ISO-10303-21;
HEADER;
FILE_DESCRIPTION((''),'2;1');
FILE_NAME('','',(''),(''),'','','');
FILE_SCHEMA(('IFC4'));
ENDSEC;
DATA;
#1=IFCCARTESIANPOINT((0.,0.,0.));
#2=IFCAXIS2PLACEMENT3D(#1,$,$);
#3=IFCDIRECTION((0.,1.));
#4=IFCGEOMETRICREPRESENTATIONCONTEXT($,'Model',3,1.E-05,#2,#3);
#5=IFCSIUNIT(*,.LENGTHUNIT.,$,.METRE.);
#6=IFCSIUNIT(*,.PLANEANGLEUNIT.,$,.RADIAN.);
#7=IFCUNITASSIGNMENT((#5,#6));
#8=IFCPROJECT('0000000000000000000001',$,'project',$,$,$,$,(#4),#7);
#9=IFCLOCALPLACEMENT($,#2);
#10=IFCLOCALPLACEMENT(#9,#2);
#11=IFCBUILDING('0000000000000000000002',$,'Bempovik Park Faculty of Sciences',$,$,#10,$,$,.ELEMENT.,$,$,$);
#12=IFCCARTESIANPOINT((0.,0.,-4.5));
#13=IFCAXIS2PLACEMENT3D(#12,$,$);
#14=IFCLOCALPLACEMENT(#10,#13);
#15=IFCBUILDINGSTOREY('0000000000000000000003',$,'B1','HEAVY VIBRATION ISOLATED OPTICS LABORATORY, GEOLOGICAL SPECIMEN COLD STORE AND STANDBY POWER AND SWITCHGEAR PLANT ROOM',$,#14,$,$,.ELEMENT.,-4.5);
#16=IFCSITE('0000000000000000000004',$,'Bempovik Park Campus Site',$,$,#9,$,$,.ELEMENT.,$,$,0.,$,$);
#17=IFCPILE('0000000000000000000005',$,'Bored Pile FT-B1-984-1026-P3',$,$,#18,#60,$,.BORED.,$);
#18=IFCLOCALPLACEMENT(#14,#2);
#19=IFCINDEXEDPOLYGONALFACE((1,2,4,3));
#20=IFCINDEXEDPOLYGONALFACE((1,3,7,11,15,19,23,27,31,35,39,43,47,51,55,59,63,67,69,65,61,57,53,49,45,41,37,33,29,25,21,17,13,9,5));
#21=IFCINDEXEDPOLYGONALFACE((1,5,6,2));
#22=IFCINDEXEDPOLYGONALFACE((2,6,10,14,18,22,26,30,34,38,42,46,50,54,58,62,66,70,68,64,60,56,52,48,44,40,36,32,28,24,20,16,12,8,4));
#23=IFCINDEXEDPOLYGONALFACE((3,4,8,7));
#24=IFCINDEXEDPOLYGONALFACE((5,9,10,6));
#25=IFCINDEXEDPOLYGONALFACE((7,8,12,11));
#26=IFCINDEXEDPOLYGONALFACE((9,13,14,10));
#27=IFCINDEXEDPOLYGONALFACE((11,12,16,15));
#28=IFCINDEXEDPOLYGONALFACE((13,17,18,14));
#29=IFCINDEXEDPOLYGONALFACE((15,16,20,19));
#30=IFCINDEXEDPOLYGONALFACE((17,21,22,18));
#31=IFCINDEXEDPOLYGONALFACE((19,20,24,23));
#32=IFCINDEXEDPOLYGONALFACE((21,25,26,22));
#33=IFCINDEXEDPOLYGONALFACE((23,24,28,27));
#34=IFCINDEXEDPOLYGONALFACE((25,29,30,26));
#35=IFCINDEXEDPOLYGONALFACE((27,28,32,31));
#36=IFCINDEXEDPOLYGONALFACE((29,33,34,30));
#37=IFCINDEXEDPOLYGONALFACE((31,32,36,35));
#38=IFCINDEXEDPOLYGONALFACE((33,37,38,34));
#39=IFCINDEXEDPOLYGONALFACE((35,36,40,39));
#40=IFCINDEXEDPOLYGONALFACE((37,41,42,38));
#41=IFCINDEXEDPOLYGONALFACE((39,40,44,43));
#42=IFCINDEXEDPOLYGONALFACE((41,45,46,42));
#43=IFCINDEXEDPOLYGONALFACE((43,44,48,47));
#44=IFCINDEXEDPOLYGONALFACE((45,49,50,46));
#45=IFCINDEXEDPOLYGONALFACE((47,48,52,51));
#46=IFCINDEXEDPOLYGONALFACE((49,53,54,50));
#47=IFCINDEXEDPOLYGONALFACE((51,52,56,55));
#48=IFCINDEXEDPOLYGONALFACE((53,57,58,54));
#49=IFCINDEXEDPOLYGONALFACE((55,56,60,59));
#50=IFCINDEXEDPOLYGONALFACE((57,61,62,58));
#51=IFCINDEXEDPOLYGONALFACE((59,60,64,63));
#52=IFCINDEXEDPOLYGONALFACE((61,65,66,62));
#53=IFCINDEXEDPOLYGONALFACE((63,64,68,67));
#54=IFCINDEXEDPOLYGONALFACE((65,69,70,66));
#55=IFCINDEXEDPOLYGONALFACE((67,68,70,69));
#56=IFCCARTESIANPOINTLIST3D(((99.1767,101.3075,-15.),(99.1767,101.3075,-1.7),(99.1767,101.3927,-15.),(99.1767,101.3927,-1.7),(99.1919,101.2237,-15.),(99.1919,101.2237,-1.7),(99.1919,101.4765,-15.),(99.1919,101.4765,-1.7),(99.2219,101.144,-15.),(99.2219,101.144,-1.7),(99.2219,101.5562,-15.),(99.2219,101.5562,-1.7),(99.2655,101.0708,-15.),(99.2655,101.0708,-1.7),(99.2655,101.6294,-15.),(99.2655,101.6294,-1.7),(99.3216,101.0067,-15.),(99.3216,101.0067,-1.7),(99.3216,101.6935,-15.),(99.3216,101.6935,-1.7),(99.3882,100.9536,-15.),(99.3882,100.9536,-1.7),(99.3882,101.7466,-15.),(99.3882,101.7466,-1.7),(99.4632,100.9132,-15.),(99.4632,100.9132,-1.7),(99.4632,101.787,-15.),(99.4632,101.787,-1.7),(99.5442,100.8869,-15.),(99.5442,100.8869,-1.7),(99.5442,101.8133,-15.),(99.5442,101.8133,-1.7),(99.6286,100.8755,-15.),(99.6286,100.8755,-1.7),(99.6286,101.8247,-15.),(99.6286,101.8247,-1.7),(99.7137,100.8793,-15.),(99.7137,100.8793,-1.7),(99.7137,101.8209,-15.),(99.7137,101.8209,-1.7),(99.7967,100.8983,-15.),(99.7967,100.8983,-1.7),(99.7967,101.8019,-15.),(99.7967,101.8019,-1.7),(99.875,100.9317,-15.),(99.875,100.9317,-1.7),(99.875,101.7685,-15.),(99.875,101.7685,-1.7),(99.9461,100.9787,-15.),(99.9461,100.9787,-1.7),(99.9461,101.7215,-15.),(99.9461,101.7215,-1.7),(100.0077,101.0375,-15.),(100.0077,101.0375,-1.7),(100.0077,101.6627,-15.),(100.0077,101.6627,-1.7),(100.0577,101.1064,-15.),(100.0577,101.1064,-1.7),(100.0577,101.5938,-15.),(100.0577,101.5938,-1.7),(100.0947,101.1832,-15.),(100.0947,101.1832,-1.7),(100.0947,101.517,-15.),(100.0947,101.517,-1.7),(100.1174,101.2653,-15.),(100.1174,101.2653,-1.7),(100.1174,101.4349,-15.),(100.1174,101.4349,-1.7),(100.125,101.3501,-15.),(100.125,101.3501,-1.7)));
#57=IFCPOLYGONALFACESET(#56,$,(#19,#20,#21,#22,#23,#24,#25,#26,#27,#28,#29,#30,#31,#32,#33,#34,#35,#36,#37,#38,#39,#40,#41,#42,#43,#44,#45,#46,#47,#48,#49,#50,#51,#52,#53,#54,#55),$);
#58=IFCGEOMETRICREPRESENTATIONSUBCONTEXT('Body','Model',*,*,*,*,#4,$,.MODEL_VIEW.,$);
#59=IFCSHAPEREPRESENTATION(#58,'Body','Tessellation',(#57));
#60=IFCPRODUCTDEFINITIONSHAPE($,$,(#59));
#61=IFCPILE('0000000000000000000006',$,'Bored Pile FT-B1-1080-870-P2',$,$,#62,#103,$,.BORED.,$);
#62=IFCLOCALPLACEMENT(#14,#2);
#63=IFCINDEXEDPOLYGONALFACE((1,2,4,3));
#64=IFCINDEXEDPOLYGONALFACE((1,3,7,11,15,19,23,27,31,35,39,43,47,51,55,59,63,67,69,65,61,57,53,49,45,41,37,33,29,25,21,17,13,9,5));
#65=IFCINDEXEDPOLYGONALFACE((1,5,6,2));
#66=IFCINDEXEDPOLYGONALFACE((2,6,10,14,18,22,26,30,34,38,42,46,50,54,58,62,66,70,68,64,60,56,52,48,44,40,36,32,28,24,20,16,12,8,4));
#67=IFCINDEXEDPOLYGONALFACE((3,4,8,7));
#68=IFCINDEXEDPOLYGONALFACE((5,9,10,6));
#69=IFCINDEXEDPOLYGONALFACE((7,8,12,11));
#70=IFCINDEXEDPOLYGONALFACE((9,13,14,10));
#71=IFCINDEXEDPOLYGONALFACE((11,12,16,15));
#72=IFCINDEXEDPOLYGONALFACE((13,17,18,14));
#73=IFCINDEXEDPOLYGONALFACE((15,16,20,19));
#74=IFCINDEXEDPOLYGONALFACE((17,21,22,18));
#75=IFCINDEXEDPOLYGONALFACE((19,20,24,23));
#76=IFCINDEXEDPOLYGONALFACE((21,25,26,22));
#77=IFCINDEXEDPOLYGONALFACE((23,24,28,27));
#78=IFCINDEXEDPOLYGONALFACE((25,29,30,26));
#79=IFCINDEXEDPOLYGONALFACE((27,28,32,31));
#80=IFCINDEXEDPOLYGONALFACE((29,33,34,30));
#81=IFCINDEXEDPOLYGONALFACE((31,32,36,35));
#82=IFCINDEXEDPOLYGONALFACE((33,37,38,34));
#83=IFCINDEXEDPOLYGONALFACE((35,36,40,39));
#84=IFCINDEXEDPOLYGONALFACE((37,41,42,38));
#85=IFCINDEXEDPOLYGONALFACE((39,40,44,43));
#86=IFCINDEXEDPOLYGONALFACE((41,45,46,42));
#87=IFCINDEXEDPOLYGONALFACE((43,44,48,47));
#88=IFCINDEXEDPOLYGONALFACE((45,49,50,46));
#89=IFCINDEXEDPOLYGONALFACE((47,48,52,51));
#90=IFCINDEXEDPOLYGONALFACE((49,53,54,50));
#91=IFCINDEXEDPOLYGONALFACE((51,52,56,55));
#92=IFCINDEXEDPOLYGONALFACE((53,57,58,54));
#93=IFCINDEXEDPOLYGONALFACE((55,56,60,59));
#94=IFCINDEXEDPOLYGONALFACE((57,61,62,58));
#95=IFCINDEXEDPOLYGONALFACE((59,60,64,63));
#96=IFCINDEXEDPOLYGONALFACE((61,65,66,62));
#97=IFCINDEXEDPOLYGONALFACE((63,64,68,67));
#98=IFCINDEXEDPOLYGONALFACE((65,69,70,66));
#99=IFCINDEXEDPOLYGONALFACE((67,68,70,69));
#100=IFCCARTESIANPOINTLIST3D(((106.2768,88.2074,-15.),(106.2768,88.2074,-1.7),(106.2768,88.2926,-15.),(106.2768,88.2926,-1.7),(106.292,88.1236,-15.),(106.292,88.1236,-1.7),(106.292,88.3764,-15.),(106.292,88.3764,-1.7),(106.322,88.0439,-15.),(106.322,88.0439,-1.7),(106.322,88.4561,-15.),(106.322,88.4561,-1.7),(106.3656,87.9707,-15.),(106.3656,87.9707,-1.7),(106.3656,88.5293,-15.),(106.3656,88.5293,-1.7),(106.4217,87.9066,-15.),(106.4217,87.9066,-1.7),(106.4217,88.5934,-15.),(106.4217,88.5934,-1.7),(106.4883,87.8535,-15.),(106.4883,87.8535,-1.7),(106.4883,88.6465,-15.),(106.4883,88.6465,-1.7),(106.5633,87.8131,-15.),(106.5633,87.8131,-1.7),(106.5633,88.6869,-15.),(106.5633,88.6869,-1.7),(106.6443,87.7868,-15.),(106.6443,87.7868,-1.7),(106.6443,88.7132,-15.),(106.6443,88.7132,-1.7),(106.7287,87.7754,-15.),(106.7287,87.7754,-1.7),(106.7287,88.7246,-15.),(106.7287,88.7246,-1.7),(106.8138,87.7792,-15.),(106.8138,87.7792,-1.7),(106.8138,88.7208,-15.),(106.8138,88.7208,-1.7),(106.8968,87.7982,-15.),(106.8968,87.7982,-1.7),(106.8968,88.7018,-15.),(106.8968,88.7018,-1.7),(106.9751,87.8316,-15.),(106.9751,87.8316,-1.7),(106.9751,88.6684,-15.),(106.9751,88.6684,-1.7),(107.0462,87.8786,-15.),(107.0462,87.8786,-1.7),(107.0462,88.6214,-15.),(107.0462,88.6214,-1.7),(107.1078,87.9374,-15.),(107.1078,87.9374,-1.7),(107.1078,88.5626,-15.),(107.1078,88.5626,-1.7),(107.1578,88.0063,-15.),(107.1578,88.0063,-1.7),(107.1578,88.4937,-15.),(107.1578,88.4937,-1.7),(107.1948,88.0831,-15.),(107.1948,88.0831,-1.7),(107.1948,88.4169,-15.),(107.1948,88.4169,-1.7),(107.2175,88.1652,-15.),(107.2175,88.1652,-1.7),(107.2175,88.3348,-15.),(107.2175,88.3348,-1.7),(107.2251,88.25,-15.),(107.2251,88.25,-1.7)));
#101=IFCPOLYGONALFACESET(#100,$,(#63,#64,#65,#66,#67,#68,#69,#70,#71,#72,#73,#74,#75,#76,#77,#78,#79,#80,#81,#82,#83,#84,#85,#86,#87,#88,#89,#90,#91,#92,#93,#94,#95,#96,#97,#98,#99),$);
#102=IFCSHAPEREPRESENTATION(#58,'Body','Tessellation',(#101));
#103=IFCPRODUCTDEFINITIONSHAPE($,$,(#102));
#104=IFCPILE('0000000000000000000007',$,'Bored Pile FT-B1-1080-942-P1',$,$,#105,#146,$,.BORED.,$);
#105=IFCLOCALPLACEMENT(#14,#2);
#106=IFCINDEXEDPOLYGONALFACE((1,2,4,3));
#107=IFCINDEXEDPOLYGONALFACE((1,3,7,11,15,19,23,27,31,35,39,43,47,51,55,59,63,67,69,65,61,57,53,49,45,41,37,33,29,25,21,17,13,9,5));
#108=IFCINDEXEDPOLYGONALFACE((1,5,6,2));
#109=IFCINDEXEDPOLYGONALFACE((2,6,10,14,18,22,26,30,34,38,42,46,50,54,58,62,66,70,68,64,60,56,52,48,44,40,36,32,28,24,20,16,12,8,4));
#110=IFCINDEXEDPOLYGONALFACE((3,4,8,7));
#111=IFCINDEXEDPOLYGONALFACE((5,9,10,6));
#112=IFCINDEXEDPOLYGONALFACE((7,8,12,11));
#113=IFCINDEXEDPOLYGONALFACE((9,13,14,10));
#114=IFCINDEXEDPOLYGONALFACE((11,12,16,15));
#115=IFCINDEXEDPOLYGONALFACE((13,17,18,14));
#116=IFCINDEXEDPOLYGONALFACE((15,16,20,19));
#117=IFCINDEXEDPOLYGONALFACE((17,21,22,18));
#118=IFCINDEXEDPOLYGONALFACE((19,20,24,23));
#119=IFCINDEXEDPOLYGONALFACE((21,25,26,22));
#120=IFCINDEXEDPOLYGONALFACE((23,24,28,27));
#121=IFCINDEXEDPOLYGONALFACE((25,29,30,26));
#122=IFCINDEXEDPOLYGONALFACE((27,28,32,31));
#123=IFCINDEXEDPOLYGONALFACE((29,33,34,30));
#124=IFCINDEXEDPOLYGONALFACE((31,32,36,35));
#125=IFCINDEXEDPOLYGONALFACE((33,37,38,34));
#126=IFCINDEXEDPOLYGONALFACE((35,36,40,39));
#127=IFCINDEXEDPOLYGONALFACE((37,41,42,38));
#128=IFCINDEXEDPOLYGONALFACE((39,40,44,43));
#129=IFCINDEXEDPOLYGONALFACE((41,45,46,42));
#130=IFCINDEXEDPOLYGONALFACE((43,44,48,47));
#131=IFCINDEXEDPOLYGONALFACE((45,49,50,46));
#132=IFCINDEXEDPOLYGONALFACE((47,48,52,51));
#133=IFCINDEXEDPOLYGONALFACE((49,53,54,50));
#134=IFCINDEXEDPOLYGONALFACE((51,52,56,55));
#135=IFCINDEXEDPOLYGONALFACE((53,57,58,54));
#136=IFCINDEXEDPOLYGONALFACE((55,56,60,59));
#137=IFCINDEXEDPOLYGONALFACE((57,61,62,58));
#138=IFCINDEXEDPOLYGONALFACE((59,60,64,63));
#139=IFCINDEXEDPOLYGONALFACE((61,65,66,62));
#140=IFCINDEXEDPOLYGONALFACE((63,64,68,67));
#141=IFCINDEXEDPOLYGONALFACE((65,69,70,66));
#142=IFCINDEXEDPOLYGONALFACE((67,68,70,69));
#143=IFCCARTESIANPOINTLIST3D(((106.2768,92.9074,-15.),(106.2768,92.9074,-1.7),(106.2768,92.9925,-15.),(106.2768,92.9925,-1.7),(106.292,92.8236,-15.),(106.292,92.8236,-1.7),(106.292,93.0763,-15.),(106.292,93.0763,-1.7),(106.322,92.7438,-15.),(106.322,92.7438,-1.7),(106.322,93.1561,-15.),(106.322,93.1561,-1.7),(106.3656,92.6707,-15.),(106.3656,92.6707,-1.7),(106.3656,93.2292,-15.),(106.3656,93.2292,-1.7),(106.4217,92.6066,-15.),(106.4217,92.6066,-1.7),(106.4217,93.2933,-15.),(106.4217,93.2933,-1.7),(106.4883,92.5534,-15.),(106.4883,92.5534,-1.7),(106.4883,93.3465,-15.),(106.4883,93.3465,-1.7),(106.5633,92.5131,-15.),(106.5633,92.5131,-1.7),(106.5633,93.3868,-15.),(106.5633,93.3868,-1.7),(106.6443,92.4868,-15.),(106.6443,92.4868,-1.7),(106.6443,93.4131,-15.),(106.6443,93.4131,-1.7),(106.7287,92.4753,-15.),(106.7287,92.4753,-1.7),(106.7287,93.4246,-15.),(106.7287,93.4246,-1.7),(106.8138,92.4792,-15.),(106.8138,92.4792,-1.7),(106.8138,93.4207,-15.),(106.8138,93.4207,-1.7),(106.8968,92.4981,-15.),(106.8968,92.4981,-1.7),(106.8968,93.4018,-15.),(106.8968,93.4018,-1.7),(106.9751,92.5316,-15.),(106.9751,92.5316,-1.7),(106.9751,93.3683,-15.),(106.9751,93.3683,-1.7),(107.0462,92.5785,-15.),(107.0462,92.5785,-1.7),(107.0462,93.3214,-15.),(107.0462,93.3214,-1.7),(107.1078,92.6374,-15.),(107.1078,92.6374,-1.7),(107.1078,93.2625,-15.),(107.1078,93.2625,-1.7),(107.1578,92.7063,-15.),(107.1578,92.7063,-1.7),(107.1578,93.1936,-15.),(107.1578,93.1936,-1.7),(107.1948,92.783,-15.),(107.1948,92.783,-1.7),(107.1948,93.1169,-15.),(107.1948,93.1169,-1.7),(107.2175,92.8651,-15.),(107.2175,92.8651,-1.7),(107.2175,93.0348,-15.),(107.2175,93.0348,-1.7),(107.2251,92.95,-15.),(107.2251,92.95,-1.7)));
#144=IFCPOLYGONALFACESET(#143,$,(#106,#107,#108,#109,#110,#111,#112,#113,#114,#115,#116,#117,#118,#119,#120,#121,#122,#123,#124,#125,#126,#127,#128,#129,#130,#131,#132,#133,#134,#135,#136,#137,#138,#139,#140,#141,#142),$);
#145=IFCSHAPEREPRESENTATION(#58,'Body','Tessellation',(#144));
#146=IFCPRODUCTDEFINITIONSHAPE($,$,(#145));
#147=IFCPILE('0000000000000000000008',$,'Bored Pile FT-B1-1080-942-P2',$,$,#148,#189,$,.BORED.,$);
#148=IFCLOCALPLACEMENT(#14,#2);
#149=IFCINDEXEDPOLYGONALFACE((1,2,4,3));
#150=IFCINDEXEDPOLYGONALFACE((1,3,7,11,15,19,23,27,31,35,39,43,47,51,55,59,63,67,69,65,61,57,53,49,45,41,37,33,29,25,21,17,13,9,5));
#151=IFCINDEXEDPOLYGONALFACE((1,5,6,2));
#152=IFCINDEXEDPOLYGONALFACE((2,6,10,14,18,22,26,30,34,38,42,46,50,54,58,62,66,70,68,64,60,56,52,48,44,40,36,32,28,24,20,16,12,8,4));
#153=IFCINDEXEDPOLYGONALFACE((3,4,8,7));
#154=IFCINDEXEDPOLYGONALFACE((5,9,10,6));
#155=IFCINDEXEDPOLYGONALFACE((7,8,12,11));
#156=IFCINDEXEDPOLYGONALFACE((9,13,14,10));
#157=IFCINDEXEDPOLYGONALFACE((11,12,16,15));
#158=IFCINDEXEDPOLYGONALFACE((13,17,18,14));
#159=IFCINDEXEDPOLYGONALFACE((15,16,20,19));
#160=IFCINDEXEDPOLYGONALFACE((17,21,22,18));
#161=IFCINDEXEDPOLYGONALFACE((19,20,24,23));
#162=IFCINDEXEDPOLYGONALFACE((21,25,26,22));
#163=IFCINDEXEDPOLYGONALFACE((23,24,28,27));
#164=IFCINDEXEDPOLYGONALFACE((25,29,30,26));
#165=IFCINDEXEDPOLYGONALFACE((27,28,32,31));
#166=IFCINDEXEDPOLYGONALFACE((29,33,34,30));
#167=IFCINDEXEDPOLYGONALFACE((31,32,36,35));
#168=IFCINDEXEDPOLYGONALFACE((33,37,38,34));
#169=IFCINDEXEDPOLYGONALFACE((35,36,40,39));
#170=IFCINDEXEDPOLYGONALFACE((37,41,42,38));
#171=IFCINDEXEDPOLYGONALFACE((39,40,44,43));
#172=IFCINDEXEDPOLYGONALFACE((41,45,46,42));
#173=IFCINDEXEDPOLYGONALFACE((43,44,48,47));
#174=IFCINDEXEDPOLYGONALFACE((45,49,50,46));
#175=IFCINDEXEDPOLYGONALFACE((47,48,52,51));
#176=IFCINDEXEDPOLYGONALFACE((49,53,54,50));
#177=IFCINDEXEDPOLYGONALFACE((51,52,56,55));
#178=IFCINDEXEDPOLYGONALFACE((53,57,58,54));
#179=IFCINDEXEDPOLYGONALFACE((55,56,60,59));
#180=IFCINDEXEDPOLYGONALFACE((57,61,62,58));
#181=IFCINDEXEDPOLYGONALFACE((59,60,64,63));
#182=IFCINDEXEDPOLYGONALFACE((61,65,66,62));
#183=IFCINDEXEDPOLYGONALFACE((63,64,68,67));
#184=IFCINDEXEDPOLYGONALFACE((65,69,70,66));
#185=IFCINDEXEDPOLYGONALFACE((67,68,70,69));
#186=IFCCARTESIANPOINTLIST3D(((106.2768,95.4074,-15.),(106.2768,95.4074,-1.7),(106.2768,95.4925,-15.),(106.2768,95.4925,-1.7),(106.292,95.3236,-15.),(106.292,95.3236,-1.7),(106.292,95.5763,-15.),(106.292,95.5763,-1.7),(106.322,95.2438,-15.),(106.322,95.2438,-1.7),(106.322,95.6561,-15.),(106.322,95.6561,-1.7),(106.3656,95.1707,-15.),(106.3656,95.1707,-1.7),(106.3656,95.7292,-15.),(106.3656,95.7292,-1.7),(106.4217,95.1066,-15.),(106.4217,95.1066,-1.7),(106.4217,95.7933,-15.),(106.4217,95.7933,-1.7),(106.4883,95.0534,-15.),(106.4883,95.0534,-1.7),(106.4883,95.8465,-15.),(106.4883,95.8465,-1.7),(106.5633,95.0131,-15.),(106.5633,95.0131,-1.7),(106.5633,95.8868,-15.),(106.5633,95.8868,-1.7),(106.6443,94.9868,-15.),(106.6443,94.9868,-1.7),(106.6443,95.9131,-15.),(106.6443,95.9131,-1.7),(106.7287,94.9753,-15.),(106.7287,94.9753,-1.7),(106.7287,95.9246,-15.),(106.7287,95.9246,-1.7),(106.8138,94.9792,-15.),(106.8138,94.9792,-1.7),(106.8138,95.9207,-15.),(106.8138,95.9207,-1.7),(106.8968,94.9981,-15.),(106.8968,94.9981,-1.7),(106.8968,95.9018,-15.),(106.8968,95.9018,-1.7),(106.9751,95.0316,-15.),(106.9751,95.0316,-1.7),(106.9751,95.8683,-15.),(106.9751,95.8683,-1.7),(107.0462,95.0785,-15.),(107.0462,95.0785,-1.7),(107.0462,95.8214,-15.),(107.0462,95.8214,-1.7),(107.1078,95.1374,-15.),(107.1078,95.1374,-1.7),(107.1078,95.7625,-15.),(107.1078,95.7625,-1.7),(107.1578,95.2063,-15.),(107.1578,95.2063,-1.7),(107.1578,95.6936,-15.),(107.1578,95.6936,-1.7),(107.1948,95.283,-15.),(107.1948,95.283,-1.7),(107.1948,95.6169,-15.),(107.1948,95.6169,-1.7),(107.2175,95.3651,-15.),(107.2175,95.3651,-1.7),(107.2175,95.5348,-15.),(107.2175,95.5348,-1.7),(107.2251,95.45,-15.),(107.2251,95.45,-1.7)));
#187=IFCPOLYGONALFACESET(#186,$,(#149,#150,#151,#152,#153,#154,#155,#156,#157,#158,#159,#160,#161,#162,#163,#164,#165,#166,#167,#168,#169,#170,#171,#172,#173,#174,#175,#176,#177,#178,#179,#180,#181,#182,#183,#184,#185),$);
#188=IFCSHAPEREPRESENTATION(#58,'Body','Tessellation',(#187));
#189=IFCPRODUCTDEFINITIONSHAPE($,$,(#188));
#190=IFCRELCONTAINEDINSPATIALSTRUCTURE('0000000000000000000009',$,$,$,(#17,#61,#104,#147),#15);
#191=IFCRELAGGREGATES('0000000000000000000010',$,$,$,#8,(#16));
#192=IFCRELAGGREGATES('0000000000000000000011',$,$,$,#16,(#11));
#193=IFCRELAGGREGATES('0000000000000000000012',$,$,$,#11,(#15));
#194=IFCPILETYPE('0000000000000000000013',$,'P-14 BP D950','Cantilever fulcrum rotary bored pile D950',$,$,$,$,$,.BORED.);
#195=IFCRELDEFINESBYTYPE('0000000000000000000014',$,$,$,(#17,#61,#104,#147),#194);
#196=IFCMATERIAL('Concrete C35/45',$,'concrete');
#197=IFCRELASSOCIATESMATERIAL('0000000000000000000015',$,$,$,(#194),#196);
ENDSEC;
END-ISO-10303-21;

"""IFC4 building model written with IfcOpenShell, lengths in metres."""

from ifc_helpers import new_model, si_unit, direction, frame, origin, origin_2d, place, context, subcontext, project, spatial, circle, extrude, material, material_profile, profile_set, type_object, element, save


model = new_model("IFC4")

# Units and contexts
model_context = context("Model", 3, precision=1e-05, world=origin(), true_north=direction((0.0, 1.0)))
body_context = subcontext(model_context, "Body", "Model", "MODEL_VIEW")
ifc_project = project(units=[si_unit("LENGTHUNIT", "METRE"), si_unit("PLANEANGLEUNIT", "RADIAN")], contexts=[model_context])

# Site, building, storey
site_placement = place(None, origin())
site = spatial("IfcSite", under=ifc_project, at=site_placement, Name="Bempovik Park Campus Site", CompositionType="ELEMENT", RefElevation=0.0)
building_placement = place(site_placement, origin())
building = spatial("IfcBuilding", under=site, at=building_placement, Name="Bempovik Park Faculty of Sciences", CompositionType="ELEMENT")
storey_placement = place(building_placement, frame((0.0, 0.0, -4.5)))
storey = spatial("IfcBuildingStorey", under=building, at=storey_placement, Name="B1", Description="HEAVY VIBRATION ISOLATED OPTICS LABORATORY, GEOLOGICAL SPECIMEN COLD STORE AND STANDBY POWER AND SWITCHGEAR PLANT ROOM", CompositionType="ELEMENT", Elevation=-4.5)

# Shared definitions
ifc_material_1 = material(Name="Concrete C35/45", Category="concrete")

# Piles
ifc_material_profile_1 = material_profile(ifc_material_1, circle(Radius=0.4751, at=origin_2d()), Name="BP D950")
ifc_profile_set_1 = profile_set([ifc_material_profile_1], Name="Concrete C35/45")
pile_type = type_object("IfcPileType", Name="P-14 BP D950", Description="Cantilever fulcrum rotary bored pile D950", PredefinedType="BORED", material=ifc_profile_set_1)
for number, where, z_axis, x_axis, name in (
    (1, (99.6499, 101.3501, -1.7), (0.0, 0.0, -1.0), (1.0, 0.0, 0.0), "Bored Pile FT-B1-984-1026-P3"),
    (2, (106.75, 88.25, -1.7), (0.0, 0.0, -1.0), (1.0, 0.0, 0.0), "Bored Pile FT-B1-1080-870-P2"),
    (3, (106.75, 92.95, -1.7), (0.0, 0.0, -1.0), (1.0, 0.0, 0.0), "Bored Pile FT-B1-1080-942-P1"),
    (4, (106.75, 95.45, -1.7), (0.0, 0.0, -1.0), (1.0, 0.0, 0.0), "Bored Pile FT-B1-1080-942-P2"),
):
    element("IfcPile", number, at=place(storey_placement, frame(where, z_axis=z_axis, x_axis=x_axis)), inside=storey, type_object=pile_type, Name=name, PredefinedType="BORED", context=body_context, shape_type="SweptSolid", body=[
        extrude(circle(Radius=0.4751, at=origin_2d()), origin(), (0.0, 0.0, 1.0), 13.3),
    ])

save(model, "model.ifc")
